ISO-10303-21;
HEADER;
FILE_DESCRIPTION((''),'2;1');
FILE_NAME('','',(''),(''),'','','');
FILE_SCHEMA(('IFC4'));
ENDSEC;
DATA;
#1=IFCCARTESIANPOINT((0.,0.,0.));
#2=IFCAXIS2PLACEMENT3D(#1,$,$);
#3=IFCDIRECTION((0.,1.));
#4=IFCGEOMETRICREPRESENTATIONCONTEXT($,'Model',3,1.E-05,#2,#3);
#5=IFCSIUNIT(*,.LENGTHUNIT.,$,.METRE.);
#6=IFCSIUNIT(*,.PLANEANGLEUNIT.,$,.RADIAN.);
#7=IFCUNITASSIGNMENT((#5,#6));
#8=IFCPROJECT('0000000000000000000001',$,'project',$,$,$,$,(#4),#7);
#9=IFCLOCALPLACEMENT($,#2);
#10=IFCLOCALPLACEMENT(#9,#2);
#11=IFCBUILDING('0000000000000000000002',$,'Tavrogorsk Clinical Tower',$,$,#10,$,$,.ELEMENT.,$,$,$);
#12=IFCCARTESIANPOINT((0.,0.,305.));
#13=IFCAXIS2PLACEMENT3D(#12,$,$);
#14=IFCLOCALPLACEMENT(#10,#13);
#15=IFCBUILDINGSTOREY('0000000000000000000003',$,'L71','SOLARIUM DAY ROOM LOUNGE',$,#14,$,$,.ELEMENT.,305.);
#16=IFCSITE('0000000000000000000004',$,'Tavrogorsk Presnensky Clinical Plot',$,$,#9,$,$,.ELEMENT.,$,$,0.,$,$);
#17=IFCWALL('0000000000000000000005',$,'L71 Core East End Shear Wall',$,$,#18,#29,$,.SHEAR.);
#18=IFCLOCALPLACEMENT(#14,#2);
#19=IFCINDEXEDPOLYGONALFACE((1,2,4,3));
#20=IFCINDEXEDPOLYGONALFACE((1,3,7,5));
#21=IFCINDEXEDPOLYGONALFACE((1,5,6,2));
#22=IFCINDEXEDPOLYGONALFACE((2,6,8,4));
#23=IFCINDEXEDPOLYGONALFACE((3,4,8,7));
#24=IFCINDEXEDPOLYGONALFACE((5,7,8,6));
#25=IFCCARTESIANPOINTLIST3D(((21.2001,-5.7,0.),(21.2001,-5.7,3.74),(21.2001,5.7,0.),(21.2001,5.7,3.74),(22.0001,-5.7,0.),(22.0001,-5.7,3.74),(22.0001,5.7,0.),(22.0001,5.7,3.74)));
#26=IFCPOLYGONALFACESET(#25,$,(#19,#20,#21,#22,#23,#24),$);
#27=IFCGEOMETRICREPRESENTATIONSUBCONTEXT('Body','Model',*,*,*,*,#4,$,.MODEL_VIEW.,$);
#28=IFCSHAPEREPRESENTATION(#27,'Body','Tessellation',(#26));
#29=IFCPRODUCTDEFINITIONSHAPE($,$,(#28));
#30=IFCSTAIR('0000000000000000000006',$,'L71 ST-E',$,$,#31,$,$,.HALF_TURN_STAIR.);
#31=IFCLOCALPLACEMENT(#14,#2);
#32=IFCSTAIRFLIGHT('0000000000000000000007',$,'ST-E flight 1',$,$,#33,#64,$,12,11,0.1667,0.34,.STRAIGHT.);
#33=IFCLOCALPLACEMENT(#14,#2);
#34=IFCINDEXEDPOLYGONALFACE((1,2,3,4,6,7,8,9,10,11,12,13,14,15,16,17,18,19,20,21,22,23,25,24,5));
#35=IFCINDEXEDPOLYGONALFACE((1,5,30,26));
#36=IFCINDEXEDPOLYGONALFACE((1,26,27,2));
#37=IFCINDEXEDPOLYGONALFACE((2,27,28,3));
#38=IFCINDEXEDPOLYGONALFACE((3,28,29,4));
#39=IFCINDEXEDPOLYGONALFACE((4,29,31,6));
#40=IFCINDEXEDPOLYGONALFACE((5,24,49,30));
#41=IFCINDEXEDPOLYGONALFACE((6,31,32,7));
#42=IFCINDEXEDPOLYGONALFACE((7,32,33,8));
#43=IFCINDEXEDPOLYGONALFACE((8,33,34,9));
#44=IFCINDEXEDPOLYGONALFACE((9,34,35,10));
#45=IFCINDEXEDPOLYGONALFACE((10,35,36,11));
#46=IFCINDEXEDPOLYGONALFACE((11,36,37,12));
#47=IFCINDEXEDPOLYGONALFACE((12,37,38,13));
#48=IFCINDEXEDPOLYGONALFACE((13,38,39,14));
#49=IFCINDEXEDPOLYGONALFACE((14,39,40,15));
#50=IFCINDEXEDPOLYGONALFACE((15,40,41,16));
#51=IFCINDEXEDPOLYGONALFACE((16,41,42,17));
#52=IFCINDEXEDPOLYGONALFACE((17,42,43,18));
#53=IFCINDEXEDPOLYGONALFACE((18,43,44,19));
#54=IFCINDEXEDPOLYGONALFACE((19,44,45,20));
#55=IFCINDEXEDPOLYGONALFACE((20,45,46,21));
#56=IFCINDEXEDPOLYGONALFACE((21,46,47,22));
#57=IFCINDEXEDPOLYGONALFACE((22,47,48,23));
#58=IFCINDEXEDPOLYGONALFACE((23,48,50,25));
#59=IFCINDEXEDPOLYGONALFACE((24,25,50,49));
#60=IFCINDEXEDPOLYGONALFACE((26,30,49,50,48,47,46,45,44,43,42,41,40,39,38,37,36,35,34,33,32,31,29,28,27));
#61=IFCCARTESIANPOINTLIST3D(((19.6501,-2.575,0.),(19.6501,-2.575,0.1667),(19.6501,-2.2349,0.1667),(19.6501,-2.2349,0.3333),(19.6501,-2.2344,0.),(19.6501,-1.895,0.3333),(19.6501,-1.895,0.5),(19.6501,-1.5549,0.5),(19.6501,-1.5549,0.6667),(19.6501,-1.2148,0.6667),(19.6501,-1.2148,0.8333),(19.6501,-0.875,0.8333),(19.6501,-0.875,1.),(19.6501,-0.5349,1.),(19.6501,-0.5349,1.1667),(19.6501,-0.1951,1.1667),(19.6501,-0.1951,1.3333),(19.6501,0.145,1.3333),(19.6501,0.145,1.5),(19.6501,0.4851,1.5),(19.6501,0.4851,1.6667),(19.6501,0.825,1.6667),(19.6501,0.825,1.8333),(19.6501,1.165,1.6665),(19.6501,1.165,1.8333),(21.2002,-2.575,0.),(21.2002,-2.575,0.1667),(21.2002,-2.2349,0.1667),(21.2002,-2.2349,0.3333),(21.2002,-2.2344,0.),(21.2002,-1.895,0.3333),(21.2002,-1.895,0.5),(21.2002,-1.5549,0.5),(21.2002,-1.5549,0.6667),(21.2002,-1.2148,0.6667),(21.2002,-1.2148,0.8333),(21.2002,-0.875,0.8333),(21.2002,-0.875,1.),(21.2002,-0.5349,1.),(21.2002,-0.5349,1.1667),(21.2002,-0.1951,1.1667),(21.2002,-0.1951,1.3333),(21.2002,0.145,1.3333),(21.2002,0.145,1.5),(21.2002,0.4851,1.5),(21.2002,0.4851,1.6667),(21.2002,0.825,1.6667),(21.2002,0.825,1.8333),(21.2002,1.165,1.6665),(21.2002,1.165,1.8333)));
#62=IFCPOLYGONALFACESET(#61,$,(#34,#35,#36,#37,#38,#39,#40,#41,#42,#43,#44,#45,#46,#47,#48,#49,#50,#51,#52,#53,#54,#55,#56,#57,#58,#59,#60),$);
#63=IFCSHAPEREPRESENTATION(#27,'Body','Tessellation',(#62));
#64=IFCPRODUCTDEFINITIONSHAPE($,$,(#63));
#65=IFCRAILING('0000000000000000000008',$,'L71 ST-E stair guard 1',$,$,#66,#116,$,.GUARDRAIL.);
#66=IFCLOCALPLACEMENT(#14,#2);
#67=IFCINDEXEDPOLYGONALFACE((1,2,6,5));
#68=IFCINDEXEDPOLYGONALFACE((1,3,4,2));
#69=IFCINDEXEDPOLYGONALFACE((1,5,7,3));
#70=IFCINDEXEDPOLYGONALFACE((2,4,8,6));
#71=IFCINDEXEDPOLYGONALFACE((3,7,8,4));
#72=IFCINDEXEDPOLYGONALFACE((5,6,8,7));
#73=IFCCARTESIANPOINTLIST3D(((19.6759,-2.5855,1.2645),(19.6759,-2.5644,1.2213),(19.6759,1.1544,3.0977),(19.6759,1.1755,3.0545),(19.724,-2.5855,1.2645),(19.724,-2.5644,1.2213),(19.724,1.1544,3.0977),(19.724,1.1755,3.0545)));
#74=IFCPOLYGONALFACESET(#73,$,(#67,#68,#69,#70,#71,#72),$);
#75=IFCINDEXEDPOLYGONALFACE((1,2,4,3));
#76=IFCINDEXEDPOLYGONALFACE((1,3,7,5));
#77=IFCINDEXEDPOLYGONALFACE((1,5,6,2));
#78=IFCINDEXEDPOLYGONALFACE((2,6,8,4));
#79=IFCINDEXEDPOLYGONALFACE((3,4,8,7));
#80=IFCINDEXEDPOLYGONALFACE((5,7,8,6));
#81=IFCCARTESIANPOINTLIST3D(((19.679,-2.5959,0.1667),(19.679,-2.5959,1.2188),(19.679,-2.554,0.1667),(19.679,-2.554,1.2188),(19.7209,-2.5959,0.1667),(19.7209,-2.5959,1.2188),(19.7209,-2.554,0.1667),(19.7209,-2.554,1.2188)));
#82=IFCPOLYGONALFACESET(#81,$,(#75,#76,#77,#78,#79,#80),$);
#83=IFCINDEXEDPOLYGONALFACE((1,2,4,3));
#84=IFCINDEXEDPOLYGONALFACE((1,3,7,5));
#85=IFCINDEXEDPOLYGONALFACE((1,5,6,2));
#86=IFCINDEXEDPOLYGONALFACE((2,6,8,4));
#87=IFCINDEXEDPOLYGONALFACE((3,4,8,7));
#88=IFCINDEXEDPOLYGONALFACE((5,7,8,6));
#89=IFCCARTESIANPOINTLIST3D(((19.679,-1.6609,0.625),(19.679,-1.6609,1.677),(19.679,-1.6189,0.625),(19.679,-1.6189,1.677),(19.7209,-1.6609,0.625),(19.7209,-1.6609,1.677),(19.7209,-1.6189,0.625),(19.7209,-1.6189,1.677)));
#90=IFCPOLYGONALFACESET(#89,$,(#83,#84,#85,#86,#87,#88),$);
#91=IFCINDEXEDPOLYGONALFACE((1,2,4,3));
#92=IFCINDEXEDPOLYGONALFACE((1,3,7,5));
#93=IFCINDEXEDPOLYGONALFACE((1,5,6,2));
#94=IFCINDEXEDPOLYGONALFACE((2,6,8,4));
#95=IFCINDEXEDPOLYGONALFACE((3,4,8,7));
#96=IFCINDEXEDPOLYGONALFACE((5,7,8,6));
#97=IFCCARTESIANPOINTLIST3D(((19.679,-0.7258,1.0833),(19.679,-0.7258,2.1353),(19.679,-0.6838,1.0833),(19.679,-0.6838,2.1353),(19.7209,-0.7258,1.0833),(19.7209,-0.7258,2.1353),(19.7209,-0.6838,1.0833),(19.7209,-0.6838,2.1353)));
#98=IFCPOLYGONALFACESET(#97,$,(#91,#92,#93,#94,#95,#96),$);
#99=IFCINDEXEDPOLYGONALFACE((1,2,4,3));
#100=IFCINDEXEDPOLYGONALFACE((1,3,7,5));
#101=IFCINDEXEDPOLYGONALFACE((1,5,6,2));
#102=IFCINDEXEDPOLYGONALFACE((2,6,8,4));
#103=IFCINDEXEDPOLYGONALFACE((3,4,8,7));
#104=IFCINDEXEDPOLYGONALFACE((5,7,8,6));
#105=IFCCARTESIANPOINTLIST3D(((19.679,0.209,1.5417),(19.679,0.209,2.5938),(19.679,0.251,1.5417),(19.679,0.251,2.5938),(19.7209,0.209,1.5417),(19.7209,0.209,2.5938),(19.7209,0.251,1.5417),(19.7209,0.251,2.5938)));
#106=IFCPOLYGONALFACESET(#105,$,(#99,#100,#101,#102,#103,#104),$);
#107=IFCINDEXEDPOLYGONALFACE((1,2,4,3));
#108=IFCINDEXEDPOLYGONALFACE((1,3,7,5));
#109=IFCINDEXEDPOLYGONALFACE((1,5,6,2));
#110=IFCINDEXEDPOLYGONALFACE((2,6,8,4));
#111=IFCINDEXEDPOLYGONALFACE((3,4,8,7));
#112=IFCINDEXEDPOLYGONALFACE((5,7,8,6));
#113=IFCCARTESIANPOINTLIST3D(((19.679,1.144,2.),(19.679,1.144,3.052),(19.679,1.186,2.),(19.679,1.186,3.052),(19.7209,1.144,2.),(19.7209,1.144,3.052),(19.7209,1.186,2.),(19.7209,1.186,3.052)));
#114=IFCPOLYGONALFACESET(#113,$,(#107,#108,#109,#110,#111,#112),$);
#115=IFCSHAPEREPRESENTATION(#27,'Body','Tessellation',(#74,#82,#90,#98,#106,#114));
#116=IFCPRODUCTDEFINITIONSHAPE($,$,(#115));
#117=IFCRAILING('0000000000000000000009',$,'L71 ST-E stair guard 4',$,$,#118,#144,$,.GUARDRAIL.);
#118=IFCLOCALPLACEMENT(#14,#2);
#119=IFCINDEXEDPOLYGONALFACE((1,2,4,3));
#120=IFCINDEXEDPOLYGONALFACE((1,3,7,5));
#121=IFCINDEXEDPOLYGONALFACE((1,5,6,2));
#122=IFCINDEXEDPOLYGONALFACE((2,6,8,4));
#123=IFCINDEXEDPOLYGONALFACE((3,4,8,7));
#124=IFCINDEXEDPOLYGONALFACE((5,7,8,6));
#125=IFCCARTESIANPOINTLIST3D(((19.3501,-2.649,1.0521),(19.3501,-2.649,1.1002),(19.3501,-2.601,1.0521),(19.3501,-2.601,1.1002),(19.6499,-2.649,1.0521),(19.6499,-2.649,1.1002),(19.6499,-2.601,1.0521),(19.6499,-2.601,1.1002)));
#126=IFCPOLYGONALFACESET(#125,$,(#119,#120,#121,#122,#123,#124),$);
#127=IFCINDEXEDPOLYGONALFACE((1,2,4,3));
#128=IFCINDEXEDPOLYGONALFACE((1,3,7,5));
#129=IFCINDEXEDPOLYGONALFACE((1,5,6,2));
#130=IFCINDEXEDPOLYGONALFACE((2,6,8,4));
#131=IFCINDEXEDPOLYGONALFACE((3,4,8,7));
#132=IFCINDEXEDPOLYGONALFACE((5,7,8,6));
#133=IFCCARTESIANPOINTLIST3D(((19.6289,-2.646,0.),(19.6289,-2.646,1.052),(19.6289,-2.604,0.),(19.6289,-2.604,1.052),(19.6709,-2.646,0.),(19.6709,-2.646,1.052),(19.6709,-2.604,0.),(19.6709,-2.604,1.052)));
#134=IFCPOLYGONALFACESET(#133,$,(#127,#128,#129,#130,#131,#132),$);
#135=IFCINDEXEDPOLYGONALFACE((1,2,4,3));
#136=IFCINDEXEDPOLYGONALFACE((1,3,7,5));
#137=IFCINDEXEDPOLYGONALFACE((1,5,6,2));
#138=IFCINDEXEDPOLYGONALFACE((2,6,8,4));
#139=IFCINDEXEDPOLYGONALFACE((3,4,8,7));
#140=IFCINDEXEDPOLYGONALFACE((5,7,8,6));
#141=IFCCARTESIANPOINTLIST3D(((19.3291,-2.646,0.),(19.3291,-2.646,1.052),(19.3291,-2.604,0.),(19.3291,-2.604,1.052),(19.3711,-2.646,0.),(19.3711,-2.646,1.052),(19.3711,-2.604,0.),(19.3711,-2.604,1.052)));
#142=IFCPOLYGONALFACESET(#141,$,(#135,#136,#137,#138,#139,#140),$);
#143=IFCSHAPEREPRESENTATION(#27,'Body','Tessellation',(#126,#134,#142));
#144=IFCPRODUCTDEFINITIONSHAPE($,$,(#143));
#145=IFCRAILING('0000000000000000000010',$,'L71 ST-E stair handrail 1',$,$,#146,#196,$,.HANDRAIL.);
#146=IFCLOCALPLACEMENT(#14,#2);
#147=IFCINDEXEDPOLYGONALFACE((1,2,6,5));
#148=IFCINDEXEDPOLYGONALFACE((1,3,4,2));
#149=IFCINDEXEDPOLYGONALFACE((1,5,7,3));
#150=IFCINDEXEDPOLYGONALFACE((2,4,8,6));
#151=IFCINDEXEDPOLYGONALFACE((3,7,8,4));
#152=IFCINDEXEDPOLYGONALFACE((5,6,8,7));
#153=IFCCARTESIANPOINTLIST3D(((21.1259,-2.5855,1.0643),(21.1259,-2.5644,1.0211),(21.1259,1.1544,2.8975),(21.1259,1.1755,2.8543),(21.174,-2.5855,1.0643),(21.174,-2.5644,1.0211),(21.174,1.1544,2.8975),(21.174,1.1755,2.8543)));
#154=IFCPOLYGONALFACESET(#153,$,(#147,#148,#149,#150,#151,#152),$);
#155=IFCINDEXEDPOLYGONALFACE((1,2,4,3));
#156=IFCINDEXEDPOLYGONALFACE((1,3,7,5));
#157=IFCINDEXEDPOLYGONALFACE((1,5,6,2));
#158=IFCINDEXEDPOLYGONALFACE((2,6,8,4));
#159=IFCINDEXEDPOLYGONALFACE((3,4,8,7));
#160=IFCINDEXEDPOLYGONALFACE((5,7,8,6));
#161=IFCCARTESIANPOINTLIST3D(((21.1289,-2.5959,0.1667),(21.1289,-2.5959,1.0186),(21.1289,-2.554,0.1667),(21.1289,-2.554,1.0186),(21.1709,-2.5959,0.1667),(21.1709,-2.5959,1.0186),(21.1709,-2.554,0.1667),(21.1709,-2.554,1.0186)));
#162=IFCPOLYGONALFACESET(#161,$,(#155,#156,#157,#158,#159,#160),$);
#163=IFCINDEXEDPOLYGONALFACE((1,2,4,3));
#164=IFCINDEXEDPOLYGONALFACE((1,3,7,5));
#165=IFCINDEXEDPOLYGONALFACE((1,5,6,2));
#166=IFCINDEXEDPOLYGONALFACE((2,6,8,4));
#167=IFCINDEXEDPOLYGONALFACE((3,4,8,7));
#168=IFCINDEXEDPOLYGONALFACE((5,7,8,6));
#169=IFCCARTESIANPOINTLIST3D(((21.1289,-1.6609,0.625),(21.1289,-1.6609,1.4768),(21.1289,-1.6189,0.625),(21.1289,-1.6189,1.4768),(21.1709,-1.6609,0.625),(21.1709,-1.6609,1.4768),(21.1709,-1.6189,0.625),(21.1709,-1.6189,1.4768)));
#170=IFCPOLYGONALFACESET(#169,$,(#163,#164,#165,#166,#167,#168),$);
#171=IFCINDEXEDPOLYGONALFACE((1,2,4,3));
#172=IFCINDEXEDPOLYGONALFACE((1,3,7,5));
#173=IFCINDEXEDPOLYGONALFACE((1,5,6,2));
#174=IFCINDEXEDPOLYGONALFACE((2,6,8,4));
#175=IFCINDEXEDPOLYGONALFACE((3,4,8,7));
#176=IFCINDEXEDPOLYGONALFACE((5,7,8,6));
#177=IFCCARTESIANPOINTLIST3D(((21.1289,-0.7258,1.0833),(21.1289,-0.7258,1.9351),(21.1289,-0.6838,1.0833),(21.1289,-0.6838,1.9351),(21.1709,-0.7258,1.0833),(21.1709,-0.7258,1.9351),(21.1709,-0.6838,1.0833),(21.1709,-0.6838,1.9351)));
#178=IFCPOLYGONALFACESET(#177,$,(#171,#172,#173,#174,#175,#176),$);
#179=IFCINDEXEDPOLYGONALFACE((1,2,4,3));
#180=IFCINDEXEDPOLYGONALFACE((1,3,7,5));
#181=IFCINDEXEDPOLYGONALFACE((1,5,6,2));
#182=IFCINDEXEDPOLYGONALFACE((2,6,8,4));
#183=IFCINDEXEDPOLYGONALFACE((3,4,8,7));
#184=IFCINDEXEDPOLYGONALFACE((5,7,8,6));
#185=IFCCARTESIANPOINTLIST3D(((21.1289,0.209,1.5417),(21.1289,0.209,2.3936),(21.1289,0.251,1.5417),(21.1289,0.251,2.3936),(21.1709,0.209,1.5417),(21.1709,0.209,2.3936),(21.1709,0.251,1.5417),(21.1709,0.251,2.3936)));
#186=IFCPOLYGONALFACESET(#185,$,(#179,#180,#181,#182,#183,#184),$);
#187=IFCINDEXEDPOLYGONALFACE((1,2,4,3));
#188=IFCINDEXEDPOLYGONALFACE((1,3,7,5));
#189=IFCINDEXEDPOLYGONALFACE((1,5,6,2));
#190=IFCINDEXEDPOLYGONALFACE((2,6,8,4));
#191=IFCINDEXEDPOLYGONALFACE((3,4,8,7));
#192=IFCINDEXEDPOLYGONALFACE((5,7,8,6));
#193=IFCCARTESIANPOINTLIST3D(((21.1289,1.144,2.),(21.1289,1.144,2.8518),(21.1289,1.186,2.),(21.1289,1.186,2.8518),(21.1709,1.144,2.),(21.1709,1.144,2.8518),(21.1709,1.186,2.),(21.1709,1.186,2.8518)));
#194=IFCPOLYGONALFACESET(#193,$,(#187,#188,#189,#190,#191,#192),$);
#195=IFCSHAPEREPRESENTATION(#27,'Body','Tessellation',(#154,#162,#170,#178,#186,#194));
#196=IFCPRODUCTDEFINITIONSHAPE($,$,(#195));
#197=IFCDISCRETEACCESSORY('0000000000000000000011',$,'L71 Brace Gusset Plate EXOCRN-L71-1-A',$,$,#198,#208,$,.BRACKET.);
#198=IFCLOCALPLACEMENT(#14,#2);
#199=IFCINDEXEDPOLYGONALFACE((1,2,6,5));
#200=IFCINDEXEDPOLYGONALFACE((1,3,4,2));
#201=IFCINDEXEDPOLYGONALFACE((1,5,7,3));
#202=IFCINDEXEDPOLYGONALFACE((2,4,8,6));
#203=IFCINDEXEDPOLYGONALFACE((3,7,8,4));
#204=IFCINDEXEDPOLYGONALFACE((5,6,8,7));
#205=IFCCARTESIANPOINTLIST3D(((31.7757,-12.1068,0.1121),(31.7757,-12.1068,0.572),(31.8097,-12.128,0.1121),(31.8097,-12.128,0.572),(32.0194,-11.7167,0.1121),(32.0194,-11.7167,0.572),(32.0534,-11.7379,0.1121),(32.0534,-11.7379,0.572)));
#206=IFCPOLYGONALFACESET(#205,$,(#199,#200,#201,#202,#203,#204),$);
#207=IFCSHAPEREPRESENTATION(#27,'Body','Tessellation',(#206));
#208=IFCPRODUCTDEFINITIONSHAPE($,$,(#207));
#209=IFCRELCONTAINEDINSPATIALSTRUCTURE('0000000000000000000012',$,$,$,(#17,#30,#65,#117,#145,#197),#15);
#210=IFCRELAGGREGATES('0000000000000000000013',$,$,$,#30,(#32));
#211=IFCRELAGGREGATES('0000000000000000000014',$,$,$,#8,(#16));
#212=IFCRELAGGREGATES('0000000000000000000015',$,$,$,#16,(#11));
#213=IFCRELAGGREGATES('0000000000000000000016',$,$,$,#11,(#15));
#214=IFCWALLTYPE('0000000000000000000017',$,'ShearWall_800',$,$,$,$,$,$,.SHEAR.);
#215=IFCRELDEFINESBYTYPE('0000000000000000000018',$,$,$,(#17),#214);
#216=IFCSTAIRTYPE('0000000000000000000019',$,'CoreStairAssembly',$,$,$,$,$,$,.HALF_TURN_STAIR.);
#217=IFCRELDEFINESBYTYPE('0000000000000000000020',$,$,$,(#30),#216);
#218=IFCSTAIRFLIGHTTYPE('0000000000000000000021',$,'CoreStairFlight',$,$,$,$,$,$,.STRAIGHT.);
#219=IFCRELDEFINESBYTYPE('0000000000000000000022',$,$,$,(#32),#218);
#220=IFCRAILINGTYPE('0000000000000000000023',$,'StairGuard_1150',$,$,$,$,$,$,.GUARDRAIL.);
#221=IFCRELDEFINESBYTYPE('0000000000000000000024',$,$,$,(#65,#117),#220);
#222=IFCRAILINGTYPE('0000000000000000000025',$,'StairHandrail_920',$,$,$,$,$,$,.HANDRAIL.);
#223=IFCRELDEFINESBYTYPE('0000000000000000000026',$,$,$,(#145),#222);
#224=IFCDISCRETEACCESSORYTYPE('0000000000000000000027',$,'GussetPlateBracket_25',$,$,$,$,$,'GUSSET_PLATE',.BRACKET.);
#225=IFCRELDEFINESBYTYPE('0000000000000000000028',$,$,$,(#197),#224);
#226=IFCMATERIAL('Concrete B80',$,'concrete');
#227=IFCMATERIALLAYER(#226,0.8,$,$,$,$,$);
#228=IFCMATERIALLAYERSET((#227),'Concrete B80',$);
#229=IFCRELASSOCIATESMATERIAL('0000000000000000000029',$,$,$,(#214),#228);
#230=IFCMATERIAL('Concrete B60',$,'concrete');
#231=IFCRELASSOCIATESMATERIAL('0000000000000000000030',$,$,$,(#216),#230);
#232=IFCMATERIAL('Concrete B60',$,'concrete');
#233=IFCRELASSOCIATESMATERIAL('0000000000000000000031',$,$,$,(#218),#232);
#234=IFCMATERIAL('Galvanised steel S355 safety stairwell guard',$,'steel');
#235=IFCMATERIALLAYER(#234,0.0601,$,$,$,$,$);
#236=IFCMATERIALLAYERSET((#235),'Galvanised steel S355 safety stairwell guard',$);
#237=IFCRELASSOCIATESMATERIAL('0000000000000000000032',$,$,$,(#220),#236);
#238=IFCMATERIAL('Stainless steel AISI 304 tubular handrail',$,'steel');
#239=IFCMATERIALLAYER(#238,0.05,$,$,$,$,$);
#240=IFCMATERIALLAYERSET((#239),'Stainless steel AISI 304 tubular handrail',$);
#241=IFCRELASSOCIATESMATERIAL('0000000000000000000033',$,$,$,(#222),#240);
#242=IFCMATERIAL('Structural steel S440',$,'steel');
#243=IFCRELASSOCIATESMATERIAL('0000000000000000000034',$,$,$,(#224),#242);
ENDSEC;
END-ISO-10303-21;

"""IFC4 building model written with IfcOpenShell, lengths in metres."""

from ifc_helpers import new_model, si_unit, direction, frame, frame_2d, origin, origin_2d, place, context, subcontext, project, spatial, polyline, rectangle, outline, extrude, material, layer, layer_set, type_object, element, aggregate, save


model = new_model("IFC4")

# Units and contexts
model_context = context("Model", 3, precision=1e-05, world=origin(), true_north=direction((0.0, 1.0)))
body_context = subcontext(model_context, "Body", "Model", "MODEL_VIEW")
ifc_project = project(units=[si_unit("LENGTHUNIT", "METRE"), si_unit("PLANEANGLEUNIT", "RADIAN")], contexts=[model_context])

# Site, building, storey
site_placement = place(None, origin())
site = spatial("IfcSite", under=ifc_project, at=site_placement, Name="Tavrogorsk Presnensky Clinical Plot", CompositionType="ELEMENT", RefElevation=0.0)
building_placement = place(site_placement, origin())
building = spatial("IfcBuilding", under=site, at=building_placement, Name="Tavrogorsk Clinical Tower", CompositionType="ELEMENT")
storey_placement = place(building_placement, frame((0.0, 0.0, 305.0)))
storey = spatial("IfcBuildingStorey", under=building, at=storey_placement, Name="L71", Description="SOLARIUM DAY ROOM LOUNGE", CompositionType="ELEMENT", Elevation=305.0)

# Wall
ifc_material_1 = material(Name="Concrete B80", Category="concrete")
ifc_layer_1 = layer(ifc_material_1, 0.8)
ifc_layer_set_1 = layer_set([ifc_layer_1], Name="Concrete B80")
wall_type_1 = type_object("IfcWallType", Name="ShearWall_800", PredefinedType="SHEAR", material=ifc_layer_set_1)
wall_1_placement = place(storey_placement, frame((21.6001, -5.7, 0.0), z_axis=(0.0, 0.0, 1.0), x_axis=(0.0, 1.0, 0.0)))
element("IfcWall", 1, at=wall_1_placement, inside=storey, type_object=wall_type_1, Name="L71 Core East End Shear Wall", PredefinedType="SHEAR", context=body_context, shape_type="SweptSolid", body=[
    extrude(rectangle(XDim=11.3999, YDim=0.8, at=frame_2d((5.7, 0.0))), origin(), (0.0, 0.0, 1.0), 3.74),
])

# Stair, stair flight
ifc_material_2 = material(Name="Concrete B60", Category="concrete")
stair_type = type_object("IfcStairType", Name="CoreStairAssembly", PredefinedType="HALF_TURN_STAIR", material=ifc_material_2)
stair_placement = place(storey_placement, origin())
stair = element("IfcStair", 2, at=stair_placement, inside=storey, type_object=stair_type, Name="L71 ST-E", PredefinedType="HALF_TURN_STAIR")
ifc_material_3 = material(Name="Concrete B60", Category="concrete")
stair_flight_type = type_object("IfcStairFlightType", Name="CoreStairFlight", PredefinedType="STRAIGHT", material=ifc_material_3)
stair_flight_placement = place(storey_placement, frame((20.425, -2.575, 0.0), z_axis=(0.0, 0.0, 1.0), x_axis=(0.0, 1.0, 0.0)))
stair_flight = element("IfcStairFlight", 3, at=stair_flight_placement, type_object=stair_flight_type, Name="ST-E flight 1", NumberOfRisers=12, NumberOfTreads=11, PredefinedType="STRAIGHT", RiserHeight=0.1667, TreadLength=0.34, context=body_context, shape_type="SweptSolid", body=[
    extrude(outline(polyline([(0.0, 0.0), (0.0, 0.1667), (0.3401, 0.1667), (0.3401, 0.3333), (0.6799, 0.3333), (0.6799, 0.5), (1.02, 0.5), (1.02, 0.6667), (1.3601, 0.6667), (1.3601, 0.8333), (1.7, 0.8333), (1.7, 1.0), (2.04, 1.0), (2.04, 1.1667), (2.3799, 1.1667), (2.3799, 1.3333), (2.72, 1.3333), (2.72, 1.5), (3.0601, 1.5), (3.0601, 1.6667), (3.3999, 1.6667), (3.3999, 1.8333), (3.74, 1.8333), (3.74, 2.0), (3.74, 1.6665), (0.3406, 0.0), (0.0, 0.0)])), frame((0.0, 0.7749, 0.0), z_axis=(0.0, -1.0, 0.0), x_axis=(1.0, 0.0, 0.0)), (0.0, 0.0, 1.0), 1.55),
])
aggregate(stair, [stair_flight])

# Railings
ifc_material_4 = material(Name="Galvanised steel S355 safety stairwell guard", Category="steel")
ifc_layer_2 = layer(ifc_material_4, 0.0601)
ifc_layer_set_2 = layer_set([ifc_layer_2], Name="Galvanised steel S355 safety stairwell guard")
railing_type_1 = type_object("IfcRailingType", Name="StairGuard_1150", PredefinedType="GUARDRAIL", material=ifc_layer_set_2)
railing_1_placement = place(storey_placement, frame((19.7, -2.575, 0.1667)))
element("IfcRailing", 4, at=railing_1_placement, inside=storey, type_object=railing_type_1, Name="L71 ST-E stair guard 1", PredefinedType="GUARDRAIL", context=body_context, shape_type="SweptSolid", body=[
    extrude(rectangle(XDim=0.0481, YDim=0.0481, at=origin_2d()), frame((0.0, 0.0, 1.0762), z_axis=(0.0, 0.897928, 0.440142), x_axis=(-1.0, 0.0, 0.0)), (0.0, 0.0, 1.0), 4.165),
    extrude(rectangle(XDim=0.042, YDim=0.042, at=origin_2d()), origin(), (0.0, 0.0, 1.0), 1.052),
    extrude(rectangle(XDim=0.042, YDim=0.042, at=origin_2d()), frame((0.0, 0.9351, 0.4583)), (0.0, 0.0, 1.0), 1.052),
    extrude(rectangle(XDim=0.042, YDim=0.042, at=origin_2d()), frame((0.0, 1.8701, 0.9165)), (0.0, 0.0, 1.0), 1.052),
    extrude(rectangle(XDim=0.042, YDim=0.042, at=origin_2d()), frame((0.0, 2.8049, 1.375)), (0.0, 0.0, 1.0), 1.052),
    extrude(rectangle(XDim=0.042, YDim=0.042, at=origin_2d()), frame((0.0, 3.74, 1.8333)), (0.0, 0.0, 1.0), 1.052),
])
railing_2_placement = place(storey_placement, frame((19.6499, -2.625, 0.0)))
element("IfcRailing", 5, at=railing_2_placement, inside=storey, type_object=railing_type_1, Name="L71 ST-E stair guard 4", PredefinedType="GUARDRAIL", context=body_context, shape_type="SweptSolid", body=[
    extrude(rectangle(XDim=0.0481, YDim=0.0481, at=origin_2d()), frame((0.0, 0.0, 1.0762), z_axis=(-1.0, 0.0, 0.0), x_axis=(0.0, -1.0, 0.0)), (0.0, 0.0, 1.0), 0.2998),
    extrude(rectangle(XDim=0.042, YDim=0.042, at=origin_2d()), origin(), (0.0, 0.0, 1.0), 1.052),
    extrude(rectangle(XDim=0.042, YDim=0.042, at=origin_2d()), frame((-0.2998, 0.0, 0.0)), (0.0, 0.0, 1.0), 1.052),
])
ifc_material_5 = material(Name="Stainless steel AISI 304 tubular handrail", Category="steel")
ifc_layer_3 = layer(ifc_material_5, 0.05)
ifc_layer_set_3 = layer_set([ifc_layer_3], Name="Stainless steel AISI 304 tubular handrail")
railing_type_2 = type_object("IfcRailingType", Name="StairHandrail_920", PredefinedType="HANDRAIL", material=ifc_layer_set_3)
railing_3_placement = place(storey_placement, frame((21.1499, -2.575, 0.1667)))
element("IfcRailing", 6, at=railing_3_placement, inside=storey, type_object=railing_type_2, Name="L71 ST-E stair handrail 1", PredefinedType="HANDRAIL", context=body_context, shape_type="SweptSolid", body=[
    extrude(rectangle(XDim=0.0481, YDim=0.0481, at=origin_2d()), frame((0.0, 0.0, 0.876), z_axis=(0.0, 0.897928, 0.440142), x_axis=(-1.0, 0.0, 0.0)), (0.0, 0.0, 1.0), 4.165),
    extrude(rectangle(XDim=0.042, YDim=0.042, at=origin_2d()), origin(), (0.0, 0.0, 1.0), 0.8518),
    extrude(rectangle(XDim=0.042, YDim=0.042, at=origin_2d()), frame((0.0, 0.9351, 0.4583)), (0.0, 0.0, 1.0), 0.8518),
    extrude(rectangle(XDim=0.042, YDim=0.042, at=origin_2d()), frame((0.0, 1.8701, 0.9165)), (0.0, 0.0, 1.0), 0.8518),
    extrude(rectangle(XDim=0.042, YDim=0.042, at=origin_2d()), frame((0.0, 2.8049, 1.375)), (0.0, 0.0, 1.0), 0.8518),
    extrude(rectangle(XDim=0.042, YDim=0.042, at=origin_2d()), frame((0.0, 3.74, 1.8333)), (0.0, 0.0, 1.0), 0.8518),
])

# Discrete accessory
ifc_material_6 = material(Name="Structural steel S440", Category="steel")
discrete_accessory_type = type_object("IfcDiscreteAccessoryType", Name="GussetPlateBracket_25", ElementType="GUSSET_PLATE", PredefinedType="BRACKET", material=ifc_material_6)
discrete_accessory_placement = place(storey_placement, frame((31.9146, -11.9224, 0.1121), z_axis=(0.0, 0.0, 1.0), x_axis=(-0.529919, -0.848048, 0.0)))
element("IfcDiscreteAccessory", 7, at=discrete_accessory_placement, inside=storey, type_object=discrete_accessory_type, Name="L71 Brace Gusset Plate EXOCRN-L71-1-A", PredefinedType="BRACKET", context=body_context, shape_type="SweptSolid", body=[
    extrude(rectangle(XDim=0.46, YDim=0.04, at=origin_2d()), origin(), (0.0, 0.0, 1.0), 0.46),
])

save(model, "model.ifc")
